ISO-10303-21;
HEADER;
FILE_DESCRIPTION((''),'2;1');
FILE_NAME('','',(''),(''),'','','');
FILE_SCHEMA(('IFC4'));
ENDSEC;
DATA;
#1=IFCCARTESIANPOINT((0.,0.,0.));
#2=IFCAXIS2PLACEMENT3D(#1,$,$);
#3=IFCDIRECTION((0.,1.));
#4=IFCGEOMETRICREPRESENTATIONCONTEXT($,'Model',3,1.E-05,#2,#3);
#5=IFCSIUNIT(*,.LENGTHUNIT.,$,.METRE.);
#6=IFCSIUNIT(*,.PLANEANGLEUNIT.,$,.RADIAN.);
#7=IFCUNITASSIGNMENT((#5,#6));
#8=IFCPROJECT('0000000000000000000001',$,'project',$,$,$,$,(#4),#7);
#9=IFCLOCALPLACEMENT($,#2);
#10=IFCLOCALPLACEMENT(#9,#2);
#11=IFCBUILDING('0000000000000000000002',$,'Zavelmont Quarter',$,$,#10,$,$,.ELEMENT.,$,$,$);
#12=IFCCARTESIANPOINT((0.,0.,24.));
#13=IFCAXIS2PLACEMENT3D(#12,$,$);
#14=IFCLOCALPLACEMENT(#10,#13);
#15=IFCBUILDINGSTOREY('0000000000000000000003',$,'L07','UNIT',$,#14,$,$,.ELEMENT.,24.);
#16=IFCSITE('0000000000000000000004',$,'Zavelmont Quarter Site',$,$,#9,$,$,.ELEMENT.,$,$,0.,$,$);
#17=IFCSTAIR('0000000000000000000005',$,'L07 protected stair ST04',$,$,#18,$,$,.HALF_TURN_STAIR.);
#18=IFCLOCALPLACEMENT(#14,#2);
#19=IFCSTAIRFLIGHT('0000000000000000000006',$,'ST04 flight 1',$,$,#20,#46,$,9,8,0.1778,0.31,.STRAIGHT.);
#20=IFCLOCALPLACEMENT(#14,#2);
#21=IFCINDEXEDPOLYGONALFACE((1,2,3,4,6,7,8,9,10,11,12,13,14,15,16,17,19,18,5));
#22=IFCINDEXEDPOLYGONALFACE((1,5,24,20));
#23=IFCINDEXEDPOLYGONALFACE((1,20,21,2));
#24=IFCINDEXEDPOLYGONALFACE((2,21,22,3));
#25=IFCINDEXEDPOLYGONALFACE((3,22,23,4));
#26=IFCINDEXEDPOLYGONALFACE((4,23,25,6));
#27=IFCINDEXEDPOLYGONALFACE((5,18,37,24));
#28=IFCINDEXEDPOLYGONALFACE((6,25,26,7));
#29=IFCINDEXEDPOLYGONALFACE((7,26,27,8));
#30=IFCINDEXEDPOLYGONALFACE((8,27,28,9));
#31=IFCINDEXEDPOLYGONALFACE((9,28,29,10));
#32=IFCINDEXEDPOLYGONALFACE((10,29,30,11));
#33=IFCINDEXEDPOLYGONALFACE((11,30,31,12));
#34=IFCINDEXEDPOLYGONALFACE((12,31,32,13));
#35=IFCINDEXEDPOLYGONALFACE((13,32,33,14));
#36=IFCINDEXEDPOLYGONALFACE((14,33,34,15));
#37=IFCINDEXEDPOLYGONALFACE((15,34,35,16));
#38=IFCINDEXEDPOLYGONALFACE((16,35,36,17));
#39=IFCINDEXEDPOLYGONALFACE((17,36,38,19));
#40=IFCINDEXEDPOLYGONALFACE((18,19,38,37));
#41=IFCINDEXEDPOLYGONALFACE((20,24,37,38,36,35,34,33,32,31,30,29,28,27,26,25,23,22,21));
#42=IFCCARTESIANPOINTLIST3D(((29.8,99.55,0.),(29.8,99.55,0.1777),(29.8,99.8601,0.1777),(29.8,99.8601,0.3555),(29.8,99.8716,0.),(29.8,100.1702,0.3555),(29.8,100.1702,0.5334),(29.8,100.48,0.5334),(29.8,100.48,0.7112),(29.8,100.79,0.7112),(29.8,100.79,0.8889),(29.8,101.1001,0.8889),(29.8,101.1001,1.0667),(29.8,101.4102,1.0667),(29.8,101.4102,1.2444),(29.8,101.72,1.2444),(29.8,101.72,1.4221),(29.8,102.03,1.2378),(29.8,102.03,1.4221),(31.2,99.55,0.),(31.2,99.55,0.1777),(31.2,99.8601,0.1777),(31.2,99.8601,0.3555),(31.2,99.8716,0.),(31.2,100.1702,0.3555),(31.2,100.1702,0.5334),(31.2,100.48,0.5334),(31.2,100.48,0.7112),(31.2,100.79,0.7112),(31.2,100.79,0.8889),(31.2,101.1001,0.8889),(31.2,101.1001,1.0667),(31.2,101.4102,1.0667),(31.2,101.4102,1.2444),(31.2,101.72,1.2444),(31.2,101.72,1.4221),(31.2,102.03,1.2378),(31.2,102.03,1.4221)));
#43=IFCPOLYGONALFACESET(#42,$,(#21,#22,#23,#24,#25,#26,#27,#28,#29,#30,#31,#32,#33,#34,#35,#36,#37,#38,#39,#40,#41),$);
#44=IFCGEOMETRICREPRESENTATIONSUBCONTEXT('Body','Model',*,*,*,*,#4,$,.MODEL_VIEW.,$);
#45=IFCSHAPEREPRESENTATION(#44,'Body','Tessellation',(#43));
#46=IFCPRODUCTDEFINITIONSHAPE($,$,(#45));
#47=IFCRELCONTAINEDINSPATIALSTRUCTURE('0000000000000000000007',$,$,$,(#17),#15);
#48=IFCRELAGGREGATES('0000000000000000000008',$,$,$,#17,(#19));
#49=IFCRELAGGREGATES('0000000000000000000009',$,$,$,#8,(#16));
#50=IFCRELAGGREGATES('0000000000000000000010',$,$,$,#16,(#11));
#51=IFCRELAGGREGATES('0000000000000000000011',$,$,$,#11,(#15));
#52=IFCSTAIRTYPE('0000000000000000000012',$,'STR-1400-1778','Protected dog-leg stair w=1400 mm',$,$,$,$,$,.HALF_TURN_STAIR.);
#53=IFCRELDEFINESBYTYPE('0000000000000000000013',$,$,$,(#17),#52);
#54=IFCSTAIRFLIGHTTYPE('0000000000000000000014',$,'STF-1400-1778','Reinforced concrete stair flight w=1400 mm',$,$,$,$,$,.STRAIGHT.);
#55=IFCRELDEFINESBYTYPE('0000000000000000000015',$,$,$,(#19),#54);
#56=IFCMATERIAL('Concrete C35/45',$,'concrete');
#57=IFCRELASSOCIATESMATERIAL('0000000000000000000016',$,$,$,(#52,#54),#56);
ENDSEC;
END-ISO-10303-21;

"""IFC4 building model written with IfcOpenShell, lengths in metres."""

from ifc_helpers import new_model, si_unit, direction, frame, origin, place, context, subcontext, project, spatial, polyline, outline, extrude, material, type_object, element, aggregate, save


model = new_model("IFC4")

# Units and contexts
model_context = context("Model", 3, precision=1e-05, world=origin(), true_north=direction((0.0, 1.0)))
body_context = subcontext(model_context, "Body", "Model", "MODEL_VIEW")
ifc_project = project(units=[si_unit("LENGTHUNIT", "METRE"), si_unit("PLANEANGLEUNIT", "RADIAN")], contexts=[model_context])

# Site, building, storey
site_placement = place(None, origin())
site = spatial("IfcSite", under=ifc_project, at=site_placement, Name="Zavelmont Quarter Site", CompositionType="ELEMENT", RefElevation=0.0)
building_placement = place(site_placement, origin())
building = spatial("IfcBuilding", under=site, at=building_placement, Name="Zavelmont Quarter", CompositionType="ELEMENT")
storey_placement = place(building_placement, frame((0.0, 0.0, 24.0)))
storey = spatial("IfcBuildingStorey", under=building, at=storey_placement, Name="L07", Description="UNIT", CompositionType="ELEMENT", Elevation=24.0)

# Shared definitions
ifc_material_1 = material(Name="Concrete C35/45", Category="concrete")

# Stair, stair flight
stair_type = type_object("IfcStairType", Name="STR-1400-1778", Description="Protected dog-leg stair w=1400 mm", PredefinedType="HALF_TURN_STAIR", material=ifc_material_1)
stair_placement = place(storey_placement, origin())
stair = element("IfcStair", 1, at=stair_placement, inside=storey, type_object=stair_type, Name="L07 protected stair ST04", PredefinedType="HALF_TURN_STAIR")
stair_flight_type = type_object("IfcStairFlightType", Name="STF-1400-1778", Description="Reinforced concrete stair flight w=1400 mm", PredefinedType="STRAIGHT", material=ifc_material_1)
stair_flight_placement = place(storey_placement, frame((30.5, 99.55, 0.0), z_axis=(0.0, 0.0, 1.0), x_axis=(0.0, 1.0, 0.0)))
stair_flight = element("IfcStairFlight", 2, at=stair_flight_placement, type_object=stair_flight_type, Name="ST04 flight 1", NumberOfRisers=9, NumberOfTreads=8, PredefinedType="STRAIGHT", RiserHeight=0.1778, TreadLength=0.31, context=body_context, shape_type="SweptSolid", body=[
    extrude(outline(polyline([(0.0, 0.0), (0.0, 0.1777), (0.3101, 0.1777), (0.3101, 0.3555), (0.6201, 0.3555), (0.6201, 0.5334), (0.9299, 0.5334), (0.9299, 0.7112), (1.24, 0.7112), (1.24, 0.8889), (1.55, 0.8889), (1.55, 1.0667), (1.8601, 1.0667), (1.8601, 1.2444), (2.1699, 1.2444), (2.1699, 1.4221), (2.48, 1.4221), (2.48, 1.6001), (2.48, 1.2378), (0.3215, 0.0), (0.0, 0.0)])), frame((0.0, 0.7, 0.0), z_axis=(0.0, -1.0, 0.0), x_axis=(1.0, 0.0, 0.0)), (0.0, 0.0, 1.0), 1.3999),
])
aggregate(stair, [stair_flight])

save(model, "model.ifc")
